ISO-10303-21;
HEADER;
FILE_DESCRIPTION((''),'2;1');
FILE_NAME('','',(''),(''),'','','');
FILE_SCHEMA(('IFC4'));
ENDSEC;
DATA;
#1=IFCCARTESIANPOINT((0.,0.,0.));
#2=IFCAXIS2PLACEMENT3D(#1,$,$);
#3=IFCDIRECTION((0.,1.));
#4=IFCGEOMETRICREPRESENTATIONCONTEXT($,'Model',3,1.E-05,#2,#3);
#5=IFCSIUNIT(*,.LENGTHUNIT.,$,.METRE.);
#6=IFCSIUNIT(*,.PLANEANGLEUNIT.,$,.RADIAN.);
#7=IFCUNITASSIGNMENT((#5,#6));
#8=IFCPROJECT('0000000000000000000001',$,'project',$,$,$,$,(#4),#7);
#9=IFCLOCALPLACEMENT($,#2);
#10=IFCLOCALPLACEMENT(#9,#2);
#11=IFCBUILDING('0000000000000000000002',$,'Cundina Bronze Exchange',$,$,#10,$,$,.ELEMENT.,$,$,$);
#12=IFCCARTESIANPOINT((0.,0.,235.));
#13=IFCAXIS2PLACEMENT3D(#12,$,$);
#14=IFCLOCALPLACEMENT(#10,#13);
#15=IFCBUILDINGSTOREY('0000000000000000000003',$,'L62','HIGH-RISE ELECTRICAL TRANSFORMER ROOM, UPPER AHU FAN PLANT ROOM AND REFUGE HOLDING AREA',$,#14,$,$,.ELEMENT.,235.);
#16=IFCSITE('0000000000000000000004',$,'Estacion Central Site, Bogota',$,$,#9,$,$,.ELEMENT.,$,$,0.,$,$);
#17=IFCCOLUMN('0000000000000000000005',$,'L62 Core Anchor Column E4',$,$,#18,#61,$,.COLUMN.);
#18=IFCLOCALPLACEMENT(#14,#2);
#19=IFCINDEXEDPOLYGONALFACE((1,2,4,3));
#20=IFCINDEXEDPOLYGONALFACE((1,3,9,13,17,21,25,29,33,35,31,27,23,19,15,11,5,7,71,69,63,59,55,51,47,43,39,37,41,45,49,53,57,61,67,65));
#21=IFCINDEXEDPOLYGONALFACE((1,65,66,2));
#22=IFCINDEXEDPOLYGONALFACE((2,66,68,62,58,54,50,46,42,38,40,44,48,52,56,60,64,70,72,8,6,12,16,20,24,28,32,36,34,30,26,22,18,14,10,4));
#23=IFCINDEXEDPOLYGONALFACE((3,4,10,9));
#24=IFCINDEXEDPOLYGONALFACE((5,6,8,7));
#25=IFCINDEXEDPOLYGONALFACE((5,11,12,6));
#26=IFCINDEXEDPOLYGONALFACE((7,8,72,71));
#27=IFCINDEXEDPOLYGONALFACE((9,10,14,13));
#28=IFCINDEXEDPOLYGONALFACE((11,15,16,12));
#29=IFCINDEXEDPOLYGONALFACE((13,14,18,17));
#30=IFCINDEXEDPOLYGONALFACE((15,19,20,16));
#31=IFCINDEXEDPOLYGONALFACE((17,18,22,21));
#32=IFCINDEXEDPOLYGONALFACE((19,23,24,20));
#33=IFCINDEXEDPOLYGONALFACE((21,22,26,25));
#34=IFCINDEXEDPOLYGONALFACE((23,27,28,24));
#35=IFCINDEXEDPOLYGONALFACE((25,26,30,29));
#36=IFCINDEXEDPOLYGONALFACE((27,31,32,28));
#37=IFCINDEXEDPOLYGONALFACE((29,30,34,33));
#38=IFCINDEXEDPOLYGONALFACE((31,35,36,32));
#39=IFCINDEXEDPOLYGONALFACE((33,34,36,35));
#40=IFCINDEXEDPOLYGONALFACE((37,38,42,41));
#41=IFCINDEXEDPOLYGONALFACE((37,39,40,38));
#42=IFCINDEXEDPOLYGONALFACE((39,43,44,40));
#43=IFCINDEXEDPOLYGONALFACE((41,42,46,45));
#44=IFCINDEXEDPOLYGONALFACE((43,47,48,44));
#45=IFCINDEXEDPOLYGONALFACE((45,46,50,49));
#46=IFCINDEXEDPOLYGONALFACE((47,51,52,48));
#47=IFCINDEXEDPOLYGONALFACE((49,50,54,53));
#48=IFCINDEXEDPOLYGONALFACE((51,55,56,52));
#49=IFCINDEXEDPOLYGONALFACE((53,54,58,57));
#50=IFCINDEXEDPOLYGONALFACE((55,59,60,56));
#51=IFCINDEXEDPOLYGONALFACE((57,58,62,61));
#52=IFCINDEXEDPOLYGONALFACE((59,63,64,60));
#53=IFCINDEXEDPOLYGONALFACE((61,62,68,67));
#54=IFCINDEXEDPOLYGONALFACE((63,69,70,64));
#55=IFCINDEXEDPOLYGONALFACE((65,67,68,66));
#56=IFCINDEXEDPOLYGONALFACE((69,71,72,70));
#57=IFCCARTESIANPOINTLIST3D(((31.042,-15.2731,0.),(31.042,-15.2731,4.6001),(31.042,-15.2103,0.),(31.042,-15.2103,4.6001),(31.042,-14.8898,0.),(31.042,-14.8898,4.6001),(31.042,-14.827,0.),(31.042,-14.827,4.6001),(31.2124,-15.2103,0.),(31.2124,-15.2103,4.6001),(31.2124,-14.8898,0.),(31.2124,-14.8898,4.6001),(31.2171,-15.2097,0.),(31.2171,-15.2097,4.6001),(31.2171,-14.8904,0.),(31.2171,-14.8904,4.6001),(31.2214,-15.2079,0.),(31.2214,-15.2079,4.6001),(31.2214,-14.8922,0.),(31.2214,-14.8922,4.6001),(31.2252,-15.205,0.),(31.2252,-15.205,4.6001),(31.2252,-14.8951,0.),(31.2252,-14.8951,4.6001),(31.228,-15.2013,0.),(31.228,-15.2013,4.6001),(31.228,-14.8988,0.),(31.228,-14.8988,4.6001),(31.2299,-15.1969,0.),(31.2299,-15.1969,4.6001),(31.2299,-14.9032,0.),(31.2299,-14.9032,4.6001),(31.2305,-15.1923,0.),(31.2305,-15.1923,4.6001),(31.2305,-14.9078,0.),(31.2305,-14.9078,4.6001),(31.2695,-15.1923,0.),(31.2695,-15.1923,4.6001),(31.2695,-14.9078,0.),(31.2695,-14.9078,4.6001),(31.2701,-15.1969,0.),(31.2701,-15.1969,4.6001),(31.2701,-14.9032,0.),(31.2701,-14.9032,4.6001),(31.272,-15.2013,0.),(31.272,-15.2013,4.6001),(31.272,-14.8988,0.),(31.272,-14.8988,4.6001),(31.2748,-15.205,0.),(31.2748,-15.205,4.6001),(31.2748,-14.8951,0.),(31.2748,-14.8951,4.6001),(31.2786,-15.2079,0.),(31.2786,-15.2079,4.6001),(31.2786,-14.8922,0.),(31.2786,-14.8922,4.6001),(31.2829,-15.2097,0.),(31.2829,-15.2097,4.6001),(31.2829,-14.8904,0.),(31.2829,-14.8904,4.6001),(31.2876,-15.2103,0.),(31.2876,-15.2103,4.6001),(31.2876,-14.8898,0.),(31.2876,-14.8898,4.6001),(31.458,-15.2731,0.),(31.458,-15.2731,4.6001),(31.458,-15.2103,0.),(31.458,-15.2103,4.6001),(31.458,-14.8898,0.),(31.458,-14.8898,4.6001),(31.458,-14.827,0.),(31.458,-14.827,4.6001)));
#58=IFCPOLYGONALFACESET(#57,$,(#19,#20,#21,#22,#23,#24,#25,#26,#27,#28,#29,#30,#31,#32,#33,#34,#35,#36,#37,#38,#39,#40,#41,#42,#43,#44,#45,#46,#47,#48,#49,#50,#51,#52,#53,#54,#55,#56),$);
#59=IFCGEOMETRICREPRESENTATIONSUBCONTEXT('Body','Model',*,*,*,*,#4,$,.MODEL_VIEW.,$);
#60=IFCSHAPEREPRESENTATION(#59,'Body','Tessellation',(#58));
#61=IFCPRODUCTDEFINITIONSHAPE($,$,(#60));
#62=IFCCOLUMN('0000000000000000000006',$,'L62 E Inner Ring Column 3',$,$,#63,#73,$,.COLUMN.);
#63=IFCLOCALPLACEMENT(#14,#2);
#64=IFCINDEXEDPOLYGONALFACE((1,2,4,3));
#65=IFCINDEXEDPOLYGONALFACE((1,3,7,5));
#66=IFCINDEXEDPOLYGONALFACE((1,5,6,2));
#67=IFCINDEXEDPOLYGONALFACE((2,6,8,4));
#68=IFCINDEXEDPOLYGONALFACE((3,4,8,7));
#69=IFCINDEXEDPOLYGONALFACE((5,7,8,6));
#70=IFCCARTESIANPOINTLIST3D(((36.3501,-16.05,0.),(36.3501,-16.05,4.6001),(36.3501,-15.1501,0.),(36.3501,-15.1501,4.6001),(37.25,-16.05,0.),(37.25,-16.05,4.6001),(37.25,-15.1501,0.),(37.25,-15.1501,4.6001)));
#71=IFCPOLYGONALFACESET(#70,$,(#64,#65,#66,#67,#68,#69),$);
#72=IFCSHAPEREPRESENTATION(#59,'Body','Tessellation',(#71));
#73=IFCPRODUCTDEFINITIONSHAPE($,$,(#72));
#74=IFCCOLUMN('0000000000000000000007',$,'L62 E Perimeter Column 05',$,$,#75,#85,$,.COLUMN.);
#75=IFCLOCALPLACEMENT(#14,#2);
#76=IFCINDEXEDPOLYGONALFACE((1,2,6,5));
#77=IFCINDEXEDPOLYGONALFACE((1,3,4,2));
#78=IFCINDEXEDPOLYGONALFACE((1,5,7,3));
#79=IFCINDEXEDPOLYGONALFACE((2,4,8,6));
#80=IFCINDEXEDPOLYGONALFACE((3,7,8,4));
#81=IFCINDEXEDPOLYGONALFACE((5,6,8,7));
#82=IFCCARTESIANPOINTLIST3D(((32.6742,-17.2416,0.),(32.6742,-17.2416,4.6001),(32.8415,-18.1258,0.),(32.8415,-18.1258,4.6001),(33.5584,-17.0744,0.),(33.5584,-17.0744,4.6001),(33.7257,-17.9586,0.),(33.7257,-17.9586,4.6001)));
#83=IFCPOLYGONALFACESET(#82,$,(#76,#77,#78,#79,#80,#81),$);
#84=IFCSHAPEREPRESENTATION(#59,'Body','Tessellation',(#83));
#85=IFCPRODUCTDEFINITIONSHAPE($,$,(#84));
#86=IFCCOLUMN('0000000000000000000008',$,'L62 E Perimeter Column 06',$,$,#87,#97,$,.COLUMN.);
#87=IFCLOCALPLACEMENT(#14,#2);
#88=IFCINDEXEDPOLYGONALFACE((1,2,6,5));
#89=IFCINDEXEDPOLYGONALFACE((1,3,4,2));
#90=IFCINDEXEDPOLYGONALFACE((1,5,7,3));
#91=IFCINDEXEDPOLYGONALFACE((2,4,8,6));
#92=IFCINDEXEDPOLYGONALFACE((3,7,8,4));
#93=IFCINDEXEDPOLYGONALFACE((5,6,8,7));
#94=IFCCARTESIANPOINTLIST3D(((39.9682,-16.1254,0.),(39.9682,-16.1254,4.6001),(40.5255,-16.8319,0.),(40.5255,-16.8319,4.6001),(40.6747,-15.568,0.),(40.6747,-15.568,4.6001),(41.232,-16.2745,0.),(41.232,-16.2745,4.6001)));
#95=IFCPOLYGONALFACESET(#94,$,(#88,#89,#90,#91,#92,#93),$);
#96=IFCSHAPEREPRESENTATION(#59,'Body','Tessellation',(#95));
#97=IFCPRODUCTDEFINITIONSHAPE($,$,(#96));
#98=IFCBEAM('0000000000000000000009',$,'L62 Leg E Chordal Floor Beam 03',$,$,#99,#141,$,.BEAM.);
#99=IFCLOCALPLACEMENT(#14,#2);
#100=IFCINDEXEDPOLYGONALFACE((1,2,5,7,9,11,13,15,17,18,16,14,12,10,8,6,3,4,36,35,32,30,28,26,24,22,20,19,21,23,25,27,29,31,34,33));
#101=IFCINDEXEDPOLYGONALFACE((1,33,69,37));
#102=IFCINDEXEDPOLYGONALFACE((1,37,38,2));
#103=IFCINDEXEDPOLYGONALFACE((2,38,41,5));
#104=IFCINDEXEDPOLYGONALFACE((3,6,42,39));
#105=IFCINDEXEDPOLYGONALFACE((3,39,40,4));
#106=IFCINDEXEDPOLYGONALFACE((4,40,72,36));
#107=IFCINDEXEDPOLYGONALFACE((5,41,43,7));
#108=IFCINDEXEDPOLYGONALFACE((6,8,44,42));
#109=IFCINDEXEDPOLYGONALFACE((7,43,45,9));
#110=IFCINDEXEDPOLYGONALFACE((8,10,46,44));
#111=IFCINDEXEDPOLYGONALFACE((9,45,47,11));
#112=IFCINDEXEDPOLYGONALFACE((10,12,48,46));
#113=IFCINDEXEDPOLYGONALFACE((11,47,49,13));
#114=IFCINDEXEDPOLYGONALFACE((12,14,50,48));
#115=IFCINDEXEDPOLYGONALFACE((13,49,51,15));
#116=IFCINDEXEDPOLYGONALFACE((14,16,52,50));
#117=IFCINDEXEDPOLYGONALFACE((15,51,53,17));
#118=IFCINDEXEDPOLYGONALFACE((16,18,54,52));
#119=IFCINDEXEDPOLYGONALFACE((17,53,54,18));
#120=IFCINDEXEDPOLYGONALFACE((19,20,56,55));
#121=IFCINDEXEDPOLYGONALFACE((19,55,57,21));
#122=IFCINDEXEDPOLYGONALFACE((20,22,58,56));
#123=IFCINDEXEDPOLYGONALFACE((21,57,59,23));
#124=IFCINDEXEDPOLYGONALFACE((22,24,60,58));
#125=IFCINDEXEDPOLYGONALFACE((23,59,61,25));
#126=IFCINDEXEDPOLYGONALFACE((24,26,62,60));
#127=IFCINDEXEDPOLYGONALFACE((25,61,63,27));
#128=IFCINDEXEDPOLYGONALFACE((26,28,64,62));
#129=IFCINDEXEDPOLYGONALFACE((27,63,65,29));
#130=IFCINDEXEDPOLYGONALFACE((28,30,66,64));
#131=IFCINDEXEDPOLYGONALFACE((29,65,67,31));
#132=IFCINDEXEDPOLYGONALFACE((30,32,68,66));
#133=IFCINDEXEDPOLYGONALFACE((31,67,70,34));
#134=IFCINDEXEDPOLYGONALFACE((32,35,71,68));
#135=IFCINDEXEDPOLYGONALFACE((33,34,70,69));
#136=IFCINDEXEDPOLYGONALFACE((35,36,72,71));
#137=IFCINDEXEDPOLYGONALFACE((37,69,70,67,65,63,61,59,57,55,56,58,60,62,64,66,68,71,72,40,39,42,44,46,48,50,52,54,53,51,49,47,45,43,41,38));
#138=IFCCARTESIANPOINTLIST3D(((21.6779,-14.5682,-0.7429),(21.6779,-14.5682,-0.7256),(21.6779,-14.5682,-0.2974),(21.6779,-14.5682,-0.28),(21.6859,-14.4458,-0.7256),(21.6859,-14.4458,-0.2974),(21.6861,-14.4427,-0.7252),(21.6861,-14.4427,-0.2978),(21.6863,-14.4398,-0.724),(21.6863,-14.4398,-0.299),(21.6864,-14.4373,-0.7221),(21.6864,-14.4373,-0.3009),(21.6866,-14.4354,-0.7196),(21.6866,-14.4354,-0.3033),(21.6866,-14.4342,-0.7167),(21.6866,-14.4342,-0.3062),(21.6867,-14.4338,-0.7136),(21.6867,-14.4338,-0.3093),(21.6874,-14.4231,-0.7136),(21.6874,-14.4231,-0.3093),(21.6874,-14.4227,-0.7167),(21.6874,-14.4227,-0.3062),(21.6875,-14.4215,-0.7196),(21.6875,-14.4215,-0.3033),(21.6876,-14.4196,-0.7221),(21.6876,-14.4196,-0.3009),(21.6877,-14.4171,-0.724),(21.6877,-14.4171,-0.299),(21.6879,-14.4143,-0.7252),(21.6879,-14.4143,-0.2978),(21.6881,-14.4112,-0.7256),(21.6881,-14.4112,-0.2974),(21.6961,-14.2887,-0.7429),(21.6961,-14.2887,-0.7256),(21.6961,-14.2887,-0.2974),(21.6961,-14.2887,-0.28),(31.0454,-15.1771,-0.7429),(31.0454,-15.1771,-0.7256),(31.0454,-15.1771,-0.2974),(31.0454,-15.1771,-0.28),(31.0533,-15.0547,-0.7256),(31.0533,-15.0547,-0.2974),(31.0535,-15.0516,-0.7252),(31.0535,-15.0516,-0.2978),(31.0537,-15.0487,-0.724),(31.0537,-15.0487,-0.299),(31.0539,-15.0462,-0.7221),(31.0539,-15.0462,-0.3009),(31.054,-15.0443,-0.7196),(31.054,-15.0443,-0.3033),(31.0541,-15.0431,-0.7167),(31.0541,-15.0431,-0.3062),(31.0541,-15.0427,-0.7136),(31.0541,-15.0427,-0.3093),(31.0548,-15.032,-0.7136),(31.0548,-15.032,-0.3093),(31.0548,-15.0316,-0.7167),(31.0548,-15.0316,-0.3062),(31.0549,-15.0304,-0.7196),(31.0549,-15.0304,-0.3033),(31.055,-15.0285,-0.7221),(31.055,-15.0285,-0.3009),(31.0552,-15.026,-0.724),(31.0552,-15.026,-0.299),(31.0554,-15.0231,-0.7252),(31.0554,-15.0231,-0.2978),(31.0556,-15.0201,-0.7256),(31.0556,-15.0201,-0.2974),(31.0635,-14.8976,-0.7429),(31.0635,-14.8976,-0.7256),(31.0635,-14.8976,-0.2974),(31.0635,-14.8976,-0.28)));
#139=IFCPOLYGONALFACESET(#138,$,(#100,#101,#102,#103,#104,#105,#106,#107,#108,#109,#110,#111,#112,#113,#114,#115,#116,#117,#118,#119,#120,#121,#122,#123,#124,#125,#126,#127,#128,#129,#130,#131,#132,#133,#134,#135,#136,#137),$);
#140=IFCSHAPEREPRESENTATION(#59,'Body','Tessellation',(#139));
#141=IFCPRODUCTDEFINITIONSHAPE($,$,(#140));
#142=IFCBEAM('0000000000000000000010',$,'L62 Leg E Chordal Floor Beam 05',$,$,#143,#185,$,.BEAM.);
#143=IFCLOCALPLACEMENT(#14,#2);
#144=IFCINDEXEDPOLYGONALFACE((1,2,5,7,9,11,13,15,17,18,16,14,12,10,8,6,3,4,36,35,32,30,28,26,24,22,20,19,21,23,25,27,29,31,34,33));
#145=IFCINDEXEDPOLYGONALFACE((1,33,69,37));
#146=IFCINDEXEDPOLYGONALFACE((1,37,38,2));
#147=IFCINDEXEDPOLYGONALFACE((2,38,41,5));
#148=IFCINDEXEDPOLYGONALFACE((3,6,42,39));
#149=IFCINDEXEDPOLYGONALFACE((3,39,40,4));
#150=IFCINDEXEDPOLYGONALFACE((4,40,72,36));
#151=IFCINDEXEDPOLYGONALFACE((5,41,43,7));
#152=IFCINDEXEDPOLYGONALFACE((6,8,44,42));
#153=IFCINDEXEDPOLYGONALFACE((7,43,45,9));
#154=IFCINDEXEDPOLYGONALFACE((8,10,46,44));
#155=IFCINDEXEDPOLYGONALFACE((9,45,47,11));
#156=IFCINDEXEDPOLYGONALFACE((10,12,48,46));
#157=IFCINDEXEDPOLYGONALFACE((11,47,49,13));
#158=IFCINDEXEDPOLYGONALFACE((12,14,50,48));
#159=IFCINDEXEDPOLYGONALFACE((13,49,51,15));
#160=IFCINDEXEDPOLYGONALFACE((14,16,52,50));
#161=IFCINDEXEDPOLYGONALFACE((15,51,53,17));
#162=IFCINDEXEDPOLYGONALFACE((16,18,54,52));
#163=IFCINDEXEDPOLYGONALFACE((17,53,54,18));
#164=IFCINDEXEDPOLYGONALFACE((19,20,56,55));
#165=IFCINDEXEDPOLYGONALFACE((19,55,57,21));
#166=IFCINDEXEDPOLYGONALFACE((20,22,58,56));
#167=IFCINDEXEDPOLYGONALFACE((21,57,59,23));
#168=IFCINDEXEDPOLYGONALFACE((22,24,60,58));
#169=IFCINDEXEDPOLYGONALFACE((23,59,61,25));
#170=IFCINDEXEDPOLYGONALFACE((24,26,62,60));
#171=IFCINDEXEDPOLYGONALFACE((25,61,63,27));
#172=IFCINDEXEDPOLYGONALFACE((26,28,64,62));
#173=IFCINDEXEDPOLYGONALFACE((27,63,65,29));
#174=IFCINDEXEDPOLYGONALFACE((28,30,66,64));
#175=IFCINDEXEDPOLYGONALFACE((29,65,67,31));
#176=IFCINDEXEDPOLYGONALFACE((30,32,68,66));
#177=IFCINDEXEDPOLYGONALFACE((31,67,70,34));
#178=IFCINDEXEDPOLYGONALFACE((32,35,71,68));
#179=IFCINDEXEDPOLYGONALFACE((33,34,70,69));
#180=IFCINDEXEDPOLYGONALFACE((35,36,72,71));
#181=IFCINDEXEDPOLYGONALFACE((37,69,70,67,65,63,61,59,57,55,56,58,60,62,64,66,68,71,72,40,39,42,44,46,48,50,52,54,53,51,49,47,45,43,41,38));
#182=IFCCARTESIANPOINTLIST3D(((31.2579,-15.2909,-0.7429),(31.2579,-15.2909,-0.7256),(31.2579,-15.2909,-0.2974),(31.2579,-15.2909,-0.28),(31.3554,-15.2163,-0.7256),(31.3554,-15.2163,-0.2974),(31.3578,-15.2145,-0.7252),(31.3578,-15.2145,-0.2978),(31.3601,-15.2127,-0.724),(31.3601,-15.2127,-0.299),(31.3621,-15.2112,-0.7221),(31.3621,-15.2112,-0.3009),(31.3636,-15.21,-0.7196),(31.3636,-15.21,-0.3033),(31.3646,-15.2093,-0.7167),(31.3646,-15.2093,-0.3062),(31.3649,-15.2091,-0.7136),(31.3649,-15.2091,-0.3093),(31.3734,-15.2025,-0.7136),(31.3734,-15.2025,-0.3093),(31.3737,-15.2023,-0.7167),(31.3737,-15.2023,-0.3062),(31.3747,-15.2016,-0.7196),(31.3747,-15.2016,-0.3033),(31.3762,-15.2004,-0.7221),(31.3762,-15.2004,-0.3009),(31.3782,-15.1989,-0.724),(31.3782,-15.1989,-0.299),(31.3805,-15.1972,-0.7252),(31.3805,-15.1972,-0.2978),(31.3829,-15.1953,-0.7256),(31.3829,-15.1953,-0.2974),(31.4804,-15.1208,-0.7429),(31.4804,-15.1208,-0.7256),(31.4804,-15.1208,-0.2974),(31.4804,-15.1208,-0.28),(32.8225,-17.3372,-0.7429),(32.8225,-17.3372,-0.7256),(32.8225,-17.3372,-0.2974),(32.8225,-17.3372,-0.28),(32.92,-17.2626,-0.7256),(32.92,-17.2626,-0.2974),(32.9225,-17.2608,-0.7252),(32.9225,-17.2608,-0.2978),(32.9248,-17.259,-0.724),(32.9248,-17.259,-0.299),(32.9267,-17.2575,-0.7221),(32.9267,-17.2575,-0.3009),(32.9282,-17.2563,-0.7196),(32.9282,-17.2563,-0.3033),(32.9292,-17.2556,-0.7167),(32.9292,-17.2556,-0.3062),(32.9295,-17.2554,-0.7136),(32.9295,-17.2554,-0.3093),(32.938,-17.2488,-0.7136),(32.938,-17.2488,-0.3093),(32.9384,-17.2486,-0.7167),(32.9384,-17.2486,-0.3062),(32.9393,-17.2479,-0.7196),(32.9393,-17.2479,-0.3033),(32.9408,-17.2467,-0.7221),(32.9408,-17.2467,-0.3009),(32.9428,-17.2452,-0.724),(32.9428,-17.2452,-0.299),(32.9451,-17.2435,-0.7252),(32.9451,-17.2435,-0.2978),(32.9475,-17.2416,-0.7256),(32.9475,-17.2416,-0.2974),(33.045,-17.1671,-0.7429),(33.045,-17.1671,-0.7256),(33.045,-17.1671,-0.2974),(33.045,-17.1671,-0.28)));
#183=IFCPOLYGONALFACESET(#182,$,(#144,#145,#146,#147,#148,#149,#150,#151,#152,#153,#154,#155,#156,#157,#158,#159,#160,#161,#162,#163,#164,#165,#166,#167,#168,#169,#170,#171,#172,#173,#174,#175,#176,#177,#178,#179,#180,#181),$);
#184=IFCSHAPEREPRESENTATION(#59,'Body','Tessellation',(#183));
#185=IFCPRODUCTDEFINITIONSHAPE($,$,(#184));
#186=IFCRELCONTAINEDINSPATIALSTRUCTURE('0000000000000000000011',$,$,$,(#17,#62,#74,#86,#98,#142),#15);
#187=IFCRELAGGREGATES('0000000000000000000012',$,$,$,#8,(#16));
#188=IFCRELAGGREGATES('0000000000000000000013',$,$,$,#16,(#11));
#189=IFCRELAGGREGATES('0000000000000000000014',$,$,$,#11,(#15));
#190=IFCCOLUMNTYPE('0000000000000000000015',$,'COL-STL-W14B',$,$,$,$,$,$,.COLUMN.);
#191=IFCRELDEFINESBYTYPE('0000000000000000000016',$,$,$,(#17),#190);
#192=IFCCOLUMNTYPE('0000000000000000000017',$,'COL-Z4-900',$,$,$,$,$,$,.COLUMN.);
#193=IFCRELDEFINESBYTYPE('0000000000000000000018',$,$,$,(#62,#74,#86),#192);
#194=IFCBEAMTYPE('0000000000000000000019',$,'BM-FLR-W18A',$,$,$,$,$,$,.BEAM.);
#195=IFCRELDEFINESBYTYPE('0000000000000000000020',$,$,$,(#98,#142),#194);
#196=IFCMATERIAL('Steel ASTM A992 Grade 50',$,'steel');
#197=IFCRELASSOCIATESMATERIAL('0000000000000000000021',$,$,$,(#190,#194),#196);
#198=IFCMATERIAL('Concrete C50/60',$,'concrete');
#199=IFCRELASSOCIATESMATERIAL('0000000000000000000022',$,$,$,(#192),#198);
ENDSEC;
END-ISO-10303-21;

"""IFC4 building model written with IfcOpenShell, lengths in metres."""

from ifc_helpers import new_model, si_unit, direction, frame, origin, origin_2d, place, context, subcontext, project, spatial, rectangle, i_section, extrude, material, material_profile, profile_set, type_object, element, save


model = new_model("IFC4")

# Units and contexts
model_context = context("Model", 3, precision=1e-05, world=origin(), true_north=direction((0.0, 1.0)))
body_context = subcontext(model_context, "Body", "Model", "MODEL_VIEW")
ifc_project = project(units=[si_unit("LENGTHUNIT", "METRE"), si_unit("PLANEANGLEUNIT", "RADIAN")], contexts=[model_context])

# Site, building, storey
site_placement = place(None, origin())
site = spatial("IfcSite", under=ifc_project, at=site_placement, Name="Estacion Central Site, Bogota", CompositionType="ELEMENT", RefElevation=0.0)
building_placement = place(site_placement, origin())
building = spatial("IfcBuilding", under=site, at=building_placement, Name="Cundina Bronze Exchange", CompositionType="ELEMENT")
storey_placement = place(building_placement, frame((0.0, 0.0, 235.0)))
storey = spatial("IfcBuildingStorey", under=building, at=storey_placement, Name="L62", Description="HIGH-RISE ELECTRICAL TRANSFORMER ROOM, UPPER AHU FAN PLANT ROOM AND REFUGE HOLDING AREA", CompositionType="ELEMENT", Elevation=235.0)

# Columns
ifc_material_1 = material(Name="Steel ASTM A992 Grade 50", Category="steel")
ifc_material_profile_1 = material_profile(ifc_material_1, i_section(OverallWidth=0.416, OverallDepth=0.446, WebThickness=0.0391, FlangeThickness=0.0627, FilletRadius=0.0181, at=origin_2d()), Name="W14X342", Category="steel")
ifc_profile_set_1 = profile_set([ifc_material_profile_1], Name="Steel ASTM A992 Grade 50")
column_type_1 = type_object("IfcColumnType", Name="COL-STL-W14B", PredefinedType="COLUMN", material=ifc_profile_set_1)
column_placement = place(storey_placement, frame((31.25, -15.05, 0.0), z_axis=(0.0, 0.0, 1.0), x_axis=(1.0, 0.0, 0.0)))
element("IfcColumn", 1, at=column_placement, inside=storey, type_object=column_type_1, Name="L62 Core Anchor Column E4", PredefinedType="COLUMN", context=body_context, shape_type="SweptSolid", body=[
    extrude(i_section(OverallWidth=0.416, OverallDepth=0.446, WebThickness=0.0391, FlangeThickness=0.0627, FilletRadius=0.0181, at=origin_2d()), origin(), (0.0, 0.0, 1.0), 4.6001),
])
ifc_material_2 = material(Name="Concrete C50/60", Category="concrete")
ifc_material_profile_2 = material_profile(ifc_material_2, rectangle(XDim=0.8999, YDim=0.8999, at=origin_2d()), Name="RC900X900", Category="concrete")
ifc_profile_set_2 = profile_set([ifc_material_profile_2], Name="Concrete C50/60")
column_type_2 = type_object("IfcColumnType", Name="COL-Z4-900", PredefinedType="COLUMN", material=ifc_profile_set_2)
for number, where, z_axis, x_axis, name in (
    (2, (36.8, -15.6001, 0.0), (0.0, 0.0, 1.0), (1.0, 0.0, 0.0), "L62 E Inner Ring Column 3"),
    (3, (33.2, -17.6001, 0.0), (0.0, 0.0, 1.0), (0.98258, 0.185838, 0.0), "L62 E Perimeter Column 05"),
    (4, (40.6001, -16.2, 0.0), (0.0, 0.0, 1.0), (0.785101, 0.619368, 0.0), "L62 E Perimeter Column 06"),
):
    element("IfcColumn", number, at=place(storey_placement, frame(where, z_axis=z_axis, x_axis=x_axis)), inside=storey, type_object=column_type_2, Name=name, PredefinedType="COLUMN", context=body_context, shape_type="SweptSolid", body=[
        extrude(rectangle(XDim=0.8999, YDim=0.8999, at=origin_2d()), origin(), (0.0, 0.0, 1.0), 4.6001),
    ])

# Beams
ifc_material_profile_3 = material_profile(ifc_material_1, i_section(OverallWidth=0.28, OverallDepth=0.4629, WebThickness=0.0107, FlangeThickness=0.0173, FilletRadius=0.012, at=origin_2d()), Name="W18X76", Category="steel")
ifc_profile_set_3 = profile_set([ifc_material_profile_3], Name="Steel ASTM A992 Grade 50")
beam_type_1 = type_object("IfcBeamType", Name="BM-FLR-W18A", PredefinedType="BEAM", material=ifc_profile_set_3)
beam_1_placement = place(storey_placement, frame((31.0544, -15.0374, -0.5115), z_axis=(-0.997894, 0.064864, 0.0), x_axis=(-0.064864, -0.997894, 0.0)))
element("IfcBeam", 5, at=beam_1_placement, inside=storey, type_object=beam_type_1, Name="L62 Leg E Chordal Floor Beam 03", PredefinedType="BEAM", context=body_context, shape_type="SweptSolid", body=[
    extrude(i_section(OverallWidth=0.28, OverallDepth=0.4629, WebThickness=0.0107, FlangeThickness=0.0173, FilletRadius=0.012, at=origin_2d()), origin(), (0.0, 0.0, 1.0), 9.3872),
])
beam_2_placement = place(storey_placement, frame((31.3691, -15.2058, -0.5115), z_axis=(0.607404, -0.794393, 0.0), x_axis=(0.794393, 0.607404, 0.0)))
element("IfcBeam", 6, at=beam_2_placement, inside=storey, type_object=beam_type_1, Name="L62 Leg E Chordal Floor Beam 05", PredefinedType="BEAM", context=body_context, shape_type="SweptSolid", body=[
    extrude(i_section(OverallWidth=0.28, OverallDepth=0.4629, WebThickness=0.0107, FlangeThickness=0.0173, FilletRadius=0.012, at=origin_2d()), origin(), (0.0, 0.0, 1.0), 2.5759),
])

save(model, "model.ifc")
